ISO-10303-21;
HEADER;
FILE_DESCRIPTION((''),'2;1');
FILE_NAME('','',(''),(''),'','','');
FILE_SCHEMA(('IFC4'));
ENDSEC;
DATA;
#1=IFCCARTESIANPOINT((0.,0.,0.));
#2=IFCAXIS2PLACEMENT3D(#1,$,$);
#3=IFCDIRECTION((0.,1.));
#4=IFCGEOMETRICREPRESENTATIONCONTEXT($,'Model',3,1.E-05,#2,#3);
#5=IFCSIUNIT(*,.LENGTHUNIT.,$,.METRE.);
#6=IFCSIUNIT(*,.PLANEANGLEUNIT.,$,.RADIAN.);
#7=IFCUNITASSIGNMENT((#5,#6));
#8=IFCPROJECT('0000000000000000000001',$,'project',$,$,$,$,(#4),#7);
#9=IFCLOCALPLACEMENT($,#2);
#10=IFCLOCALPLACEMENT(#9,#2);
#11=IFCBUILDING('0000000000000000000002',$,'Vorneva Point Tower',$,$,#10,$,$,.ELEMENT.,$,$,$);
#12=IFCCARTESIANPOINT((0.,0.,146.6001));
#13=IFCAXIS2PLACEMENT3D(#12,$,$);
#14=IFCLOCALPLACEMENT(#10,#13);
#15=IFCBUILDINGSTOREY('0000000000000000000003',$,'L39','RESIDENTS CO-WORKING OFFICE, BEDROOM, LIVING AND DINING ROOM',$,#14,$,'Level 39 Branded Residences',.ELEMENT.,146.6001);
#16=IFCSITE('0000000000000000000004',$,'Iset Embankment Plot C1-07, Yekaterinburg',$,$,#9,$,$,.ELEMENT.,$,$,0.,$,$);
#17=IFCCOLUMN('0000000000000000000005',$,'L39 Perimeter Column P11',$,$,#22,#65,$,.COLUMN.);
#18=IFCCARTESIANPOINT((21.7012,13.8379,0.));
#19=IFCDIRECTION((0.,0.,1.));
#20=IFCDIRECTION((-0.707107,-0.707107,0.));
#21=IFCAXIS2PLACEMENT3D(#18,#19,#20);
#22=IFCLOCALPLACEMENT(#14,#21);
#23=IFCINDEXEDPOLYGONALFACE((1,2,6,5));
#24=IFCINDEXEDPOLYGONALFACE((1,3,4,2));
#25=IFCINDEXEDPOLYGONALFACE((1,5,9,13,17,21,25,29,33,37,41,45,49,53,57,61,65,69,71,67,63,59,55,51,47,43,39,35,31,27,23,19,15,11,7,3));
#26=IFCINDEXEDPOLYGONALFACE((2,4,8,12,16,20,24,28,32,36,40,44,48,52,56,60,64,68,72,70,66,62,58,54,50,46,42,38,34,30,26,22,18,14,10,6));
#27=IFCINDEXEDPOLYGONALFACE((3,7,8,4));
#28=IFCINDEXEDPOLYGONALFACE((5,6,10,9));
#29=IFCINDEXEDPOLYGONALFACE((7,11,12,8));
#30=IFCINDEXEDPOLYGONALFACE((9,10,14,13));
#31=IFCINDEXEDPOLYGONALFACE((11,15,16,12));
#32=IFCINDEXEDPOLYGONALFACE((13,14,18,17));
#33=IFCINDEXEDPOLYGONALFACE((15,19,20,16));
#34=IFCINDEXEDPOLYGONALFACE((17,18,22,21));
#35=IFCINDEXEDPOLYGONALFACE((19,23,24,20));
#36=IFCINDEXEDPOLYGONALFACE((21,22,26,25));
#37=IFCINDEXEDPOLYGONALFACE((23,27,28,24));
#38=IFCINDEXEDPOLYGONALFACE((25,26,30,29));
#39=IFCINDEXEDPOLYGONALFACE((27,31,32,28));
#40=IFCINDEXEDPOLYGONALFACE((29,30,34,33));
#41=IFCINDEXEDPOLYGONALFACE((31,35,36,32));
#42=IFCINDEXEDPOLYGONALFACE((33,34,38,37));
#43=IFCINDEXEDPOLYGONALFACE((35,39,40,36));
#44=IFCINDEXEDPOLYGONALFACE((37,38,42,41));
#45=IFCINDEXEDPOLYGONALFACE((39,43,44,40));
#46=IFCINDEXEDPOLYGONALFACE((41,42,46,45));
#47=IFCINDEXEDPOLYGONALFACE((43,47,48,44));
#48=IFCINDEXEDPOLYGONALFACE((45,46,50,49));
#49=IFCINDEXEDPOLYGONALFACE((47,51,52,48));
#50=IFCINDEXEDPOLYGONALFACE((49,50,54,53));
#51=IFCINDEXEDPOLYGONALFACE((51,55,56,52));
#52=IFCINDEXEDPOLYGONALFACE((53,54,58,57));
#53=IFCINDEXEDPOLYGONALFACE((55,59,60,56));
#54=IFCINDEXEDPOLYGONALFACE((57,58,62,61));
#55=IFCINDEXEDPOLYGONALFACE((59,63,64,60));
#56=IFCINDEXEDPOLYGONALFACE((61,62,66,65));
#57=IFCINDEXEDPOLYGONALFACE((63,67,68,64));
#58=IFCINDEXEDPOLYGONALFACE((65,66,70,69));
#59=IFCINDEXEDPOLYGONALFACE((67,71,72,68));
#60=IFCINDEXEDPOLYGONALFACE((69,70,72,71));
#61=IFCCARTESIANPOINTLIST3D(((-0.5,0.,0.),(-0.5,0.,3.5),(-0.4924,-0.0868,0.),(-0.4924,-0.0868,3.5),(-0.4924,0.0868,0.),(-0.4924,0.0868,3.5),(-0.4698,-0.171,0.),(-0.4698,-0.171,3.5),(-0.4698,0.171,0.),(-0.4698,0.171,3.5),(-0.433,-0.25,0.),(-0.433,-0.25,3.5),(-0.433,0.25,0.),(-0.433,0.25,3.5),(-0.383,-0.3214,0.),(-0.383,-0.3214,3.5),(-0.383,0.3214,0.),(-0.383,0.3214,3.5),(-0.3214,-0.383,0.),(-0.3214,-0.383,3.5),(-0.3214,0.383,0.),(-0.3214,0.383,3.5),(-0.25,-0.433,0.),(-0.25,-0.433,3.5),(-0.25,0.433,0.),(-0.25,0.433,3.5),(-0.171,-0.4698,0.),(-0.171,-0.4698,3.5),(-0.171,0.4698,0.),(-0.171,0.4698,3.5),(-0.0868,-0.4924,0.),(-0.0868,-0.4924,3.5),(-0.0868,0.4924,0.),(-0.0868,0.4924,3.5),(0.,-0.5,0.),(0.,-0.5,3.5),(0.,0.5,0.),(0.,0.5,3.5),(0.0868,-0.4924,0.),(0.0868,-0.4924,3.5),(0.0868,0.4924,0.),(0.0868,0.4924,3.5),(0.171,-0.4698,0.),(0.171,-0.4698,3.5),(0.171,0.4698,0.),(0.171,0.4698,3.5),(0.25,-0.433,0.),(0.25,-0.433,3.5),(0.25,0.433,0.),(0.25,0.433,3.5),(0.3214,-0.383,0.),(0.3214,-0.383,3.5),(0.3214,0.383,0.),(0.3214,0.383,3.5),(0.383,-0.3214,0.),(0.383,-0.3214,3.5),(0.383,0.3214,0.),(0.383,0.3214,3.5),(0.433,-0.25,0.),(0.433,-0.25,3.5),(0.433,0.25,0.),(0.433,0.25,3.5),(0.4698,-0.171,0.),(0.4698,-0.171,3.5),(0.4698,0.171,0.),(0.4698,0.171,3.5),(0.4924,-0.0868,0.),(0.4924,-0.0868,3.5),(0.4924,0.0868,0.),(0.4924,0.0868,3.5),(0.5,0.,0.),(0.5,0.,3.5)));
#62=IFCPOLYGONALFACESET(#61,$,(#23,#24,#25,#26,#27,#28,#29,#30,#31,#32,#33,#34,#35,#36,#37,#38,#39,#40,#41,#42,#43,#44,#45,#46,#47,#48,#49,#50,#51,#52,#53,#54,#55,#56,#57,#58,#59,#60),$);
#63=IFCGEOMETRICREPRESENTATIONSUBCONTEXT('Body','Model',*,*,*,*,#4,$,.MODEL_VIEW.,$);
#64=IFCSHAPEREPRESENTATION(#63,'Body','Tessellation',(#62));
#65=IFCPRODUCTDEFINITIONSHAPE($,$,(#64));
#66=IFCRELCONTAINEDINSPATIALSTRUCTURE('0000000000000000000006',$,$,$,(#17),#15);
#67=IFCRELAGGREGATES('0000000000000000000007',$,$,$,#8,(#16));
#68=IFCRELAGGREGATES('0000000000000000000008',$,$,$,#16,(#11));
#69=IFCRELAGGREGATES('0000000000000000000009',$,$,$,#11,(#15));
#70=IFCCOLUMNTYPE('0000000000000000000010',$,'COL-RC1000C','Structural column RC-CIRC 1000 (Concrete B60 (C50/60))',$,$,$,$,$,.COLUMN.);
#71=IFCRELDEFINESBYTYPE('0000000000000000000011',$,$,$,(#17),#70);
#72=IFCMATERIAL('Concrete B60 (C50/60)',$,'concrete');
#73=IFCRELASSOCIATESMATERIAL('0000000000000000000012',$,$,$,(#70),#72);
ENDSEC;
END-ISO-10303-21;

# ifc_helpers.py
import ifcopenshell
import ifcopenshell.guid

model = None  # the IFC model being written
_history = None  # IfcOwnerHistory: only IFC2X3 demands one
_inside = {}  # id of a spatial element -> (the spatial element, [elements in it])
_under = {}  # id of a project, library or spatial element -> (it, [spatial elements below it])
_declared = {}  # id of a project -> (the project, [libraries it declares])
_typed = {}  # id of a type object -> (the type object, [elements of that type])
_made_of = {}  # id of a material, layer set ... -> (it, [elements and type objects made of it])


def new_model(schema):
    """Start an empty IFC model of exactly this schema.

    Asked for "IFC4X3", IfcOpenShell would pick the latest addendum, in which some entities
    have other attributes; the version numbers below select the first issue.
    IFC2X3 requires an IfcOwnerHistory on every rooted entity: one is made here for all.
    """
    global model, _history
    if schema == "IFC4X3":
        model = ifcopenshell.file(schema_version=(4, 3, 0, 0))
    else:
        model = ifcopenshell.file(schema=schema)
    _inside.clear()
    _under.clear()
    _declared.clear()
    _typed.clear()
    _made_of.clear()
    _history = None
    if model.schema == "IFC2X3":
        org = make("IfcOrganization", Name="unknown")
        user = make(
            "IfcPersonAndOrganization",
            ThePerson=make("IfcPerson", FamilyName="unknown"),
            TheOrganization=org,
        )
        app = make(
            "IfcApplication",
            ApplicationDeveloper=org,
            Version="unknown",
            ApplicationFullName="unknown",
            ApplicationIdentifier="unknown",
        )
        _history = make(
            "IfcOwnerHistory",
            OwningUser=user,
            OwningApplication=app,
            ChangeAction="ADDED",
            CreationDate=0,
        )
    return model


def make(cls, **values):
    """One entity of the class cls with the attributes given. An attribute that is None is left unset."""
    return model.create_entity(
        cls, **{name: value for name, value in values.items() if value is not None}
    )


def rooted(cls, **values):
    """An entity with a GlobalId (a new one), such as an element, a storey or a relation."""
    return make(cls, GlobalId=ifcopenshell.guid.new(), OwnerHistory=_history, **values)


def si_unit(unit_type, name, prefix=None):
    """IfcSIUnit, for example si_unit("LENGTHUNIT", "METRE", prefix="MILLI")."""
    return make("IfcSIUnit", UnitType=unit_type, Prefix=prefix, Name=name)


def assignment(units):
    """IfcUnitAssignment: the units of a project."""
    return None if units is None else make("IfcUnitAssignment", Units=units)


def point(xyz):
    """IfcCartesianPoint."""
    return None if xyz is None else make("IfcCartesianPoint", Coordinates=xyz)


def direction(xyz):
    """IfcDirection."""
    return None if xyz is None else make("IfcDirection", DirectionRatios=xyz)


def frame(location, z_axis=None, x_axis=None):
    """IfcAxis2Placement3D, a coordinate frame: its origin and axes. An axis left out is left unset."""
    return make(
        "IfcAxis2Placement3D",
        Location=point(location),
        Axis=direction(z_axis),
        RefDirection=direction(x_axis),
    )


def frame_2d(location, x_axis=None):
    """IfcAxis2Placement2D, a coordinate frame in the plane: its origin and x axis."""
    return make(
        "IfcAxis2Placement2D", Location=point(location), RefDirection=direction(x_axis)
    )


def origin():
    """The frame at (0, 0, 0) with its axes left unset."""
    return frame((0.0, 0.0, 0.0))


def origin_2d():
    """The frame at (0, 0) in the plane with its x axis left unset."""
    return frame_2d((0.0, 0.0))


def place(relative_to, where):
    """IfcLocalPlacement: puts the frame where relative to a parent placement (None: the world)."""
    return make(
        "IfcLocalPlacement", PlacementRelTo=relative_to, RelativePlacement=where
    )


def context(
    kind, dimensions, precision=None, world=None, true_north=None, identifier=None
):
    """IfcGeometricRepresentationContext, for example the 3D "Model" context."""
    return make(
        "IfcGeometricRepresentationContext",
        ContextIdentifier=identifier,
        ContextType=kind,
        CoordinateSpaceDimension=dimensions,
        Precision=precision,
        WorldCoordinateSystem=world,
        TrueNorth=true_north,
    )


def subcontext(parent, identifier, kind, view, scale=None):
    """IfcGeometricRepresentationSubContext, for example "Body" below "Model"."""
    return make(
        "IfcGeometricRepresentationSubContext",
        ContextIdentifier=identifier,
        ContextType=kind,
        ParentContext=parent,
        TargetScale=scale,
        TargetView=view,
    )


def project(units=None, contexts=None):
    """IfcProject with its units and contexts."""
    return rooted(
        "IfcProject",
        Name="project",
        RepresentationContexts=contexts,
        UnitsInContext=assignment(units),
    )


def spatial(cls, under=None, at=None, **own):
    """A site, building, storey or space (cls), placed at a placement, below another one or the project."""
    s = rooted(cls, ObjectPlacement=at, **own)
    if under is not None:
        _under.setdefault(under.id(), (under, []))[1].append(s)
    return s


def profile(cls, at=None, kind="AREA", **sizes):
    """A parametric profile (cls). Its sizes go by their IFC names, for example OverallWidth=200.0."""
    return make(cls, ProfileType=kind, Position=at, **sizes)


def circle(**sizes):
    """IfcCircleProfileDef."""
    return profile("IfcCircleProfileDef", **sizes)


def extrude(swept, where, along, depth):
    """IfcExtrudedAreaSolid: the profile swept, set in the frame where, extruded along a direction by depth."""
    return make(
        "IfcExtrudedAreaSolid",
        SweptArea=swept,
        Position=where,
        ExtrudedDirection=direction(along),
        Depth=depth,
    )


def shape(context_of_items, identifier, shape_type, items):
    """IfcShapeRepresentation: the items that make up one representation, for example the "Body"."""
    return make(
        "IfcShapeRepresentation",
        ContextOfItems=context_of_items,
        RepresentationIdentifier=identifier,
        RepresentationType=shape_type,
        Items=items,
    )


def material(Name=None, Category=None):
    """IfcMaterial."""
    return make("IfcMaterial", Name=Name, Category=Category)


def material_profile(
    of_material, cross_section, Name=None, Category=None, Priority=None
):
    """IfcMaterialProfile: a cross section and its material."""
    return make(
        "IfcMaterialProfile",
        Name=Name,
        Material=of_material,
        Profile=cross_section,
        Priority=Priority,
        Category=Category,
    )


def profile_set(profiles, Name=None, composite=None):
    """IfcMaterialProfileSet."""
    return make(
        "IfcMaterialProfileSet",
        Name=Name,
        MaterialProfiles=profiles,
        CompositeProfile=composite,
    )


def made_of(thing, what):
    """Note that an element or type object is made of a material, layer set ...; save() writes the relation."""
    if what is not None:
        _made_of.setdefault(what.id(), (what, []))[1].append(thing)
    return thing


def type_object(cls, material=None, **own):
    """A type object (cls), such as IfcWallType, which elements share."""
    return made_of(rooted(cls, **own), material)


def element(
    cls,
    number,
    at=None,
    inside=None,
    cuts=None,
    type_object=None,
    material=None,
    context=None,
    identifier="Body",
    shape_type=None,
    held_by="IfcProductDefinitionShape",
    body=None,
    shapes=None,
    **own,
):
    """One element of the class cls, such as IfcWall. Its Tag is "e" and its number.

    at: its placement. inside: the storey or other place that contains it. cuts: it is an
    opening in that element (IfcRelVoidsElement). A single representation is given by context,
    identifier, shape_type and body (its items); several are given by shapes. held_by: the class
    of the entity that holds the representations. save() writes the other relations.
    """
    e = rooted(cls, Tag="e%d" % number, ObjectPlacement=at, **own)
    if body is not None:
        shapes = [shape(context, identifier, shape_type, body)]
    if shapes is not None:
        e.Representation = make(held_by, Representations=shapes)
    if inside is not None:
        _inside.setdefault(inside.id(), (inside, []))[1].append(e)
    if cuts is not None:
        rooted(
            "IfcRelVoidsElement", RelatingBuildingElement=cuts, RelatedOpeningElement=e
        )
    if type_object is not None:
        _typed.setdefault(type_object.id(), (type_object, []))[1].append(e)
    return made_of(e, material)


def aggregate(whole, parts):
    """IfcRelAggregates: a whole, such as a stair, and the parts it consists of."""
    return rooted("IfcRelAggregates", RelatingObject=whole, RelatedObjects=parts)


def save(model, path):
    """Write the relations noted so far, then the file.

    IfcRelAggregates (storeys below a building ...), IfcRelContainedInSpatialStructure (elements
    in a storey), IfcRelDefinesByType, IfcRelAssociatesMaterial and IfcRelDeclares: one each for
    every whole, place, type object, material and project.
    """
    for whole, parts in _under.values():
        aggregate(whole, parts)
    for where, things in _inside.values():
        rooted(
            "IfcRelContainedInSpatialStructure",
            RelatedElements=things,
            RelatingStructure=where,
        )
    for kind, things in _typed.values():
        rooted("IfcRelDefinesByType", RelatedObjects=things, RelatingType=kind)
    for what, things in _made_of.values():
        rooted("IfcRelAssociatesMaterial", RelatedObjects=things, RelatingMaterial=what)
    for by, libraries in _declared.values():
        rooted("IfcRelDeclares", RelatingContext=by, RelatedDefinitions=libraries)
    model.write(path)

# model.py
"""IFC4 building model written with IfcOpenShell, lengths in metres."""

from ifc_helpers import new_model, si_unit, direction, frame, origin, origin_2d, place, context, subcontext, project, spatial, circle, extrude, material, material_profile, profile_set, type_object, element, save


model = new_model("IFC4")

# Units and contexts
model_context = context("Model", 3, precision=1e-05, world=origin(), true_north=direction((0.0, 1.0)))
body_context = subcontext(model_context, "Body", "Model", "MODEL_VIEW")
ifc_project = project(units=[si_unit("LENGTHUNIT", "METRE"), si_unit("PLANEANGLEUNIT", "RADIAN")], contexts=[model_context])

# Site, building, storey
site_placement = place(None, origin())
site = spatial("IfcSite", under=ifc_project, at=site_placement, Name="Iset Embankment Plot C1-07, Yekaterinburg", CompositionType="ELEMENT", RefElevation=0.0)
building_placement = place(site_placement, origin())
building = spatial("IfcBuilding", under=site, at=building_placement, Name="Vorneva Point Tower", CompositionType="ELEMENT")
storey_placement = place(building_placement, frame((0.0, 0.0, 146.6001)))
storey = spatial("IfcBuildingStorey", under=building, at=storey_placement, Name="L39", Description="RESIDENTS CO-WORKING OFFICE, BEDROOM, LIVING AND DINING ROOM", LongName="Level 39 Branded Residences", CompositionType="ELEMENT", Elevation=146.6001)

# Column
ifc_material_1 = material(Name="Concrete B60 (C50/60)", Category="concrete")
ifc_material_profile_1 = material_profile(ifc_material_1, circle(Radius=0.5, at=origin_2d()), Name="RC-CIRC 1000")
ifc_profile_set_1 = profile_set([ifc_material_profile_1], Name="Concrete B60 (C50/60)")
column_type = type_object("IfcColumnType", Name="COL-RC1000C", Description="Structural column RC-CIRC 1000 (Concrete B60 (C50/60))", PredefinedType="COLUMN", material=ifc_profile_set_1)
column_placement = place(storey_placement, frame((21.7012, 13.8379, 0.0), z_axis=(0.0, 0.0, 1.0), x_axis=(-0.707107, -0.707107, 0.0)))
element("IfcColumn", 1, at=column_placement, inside=storey, type_object=column_type, Name="L39 Perimeter Column P11", PredefinedType="COLUMN", context=body_context, shape_type="SweptSolid", body=[
    extrude(circle(Radius=0.5, at=origin_2d()), origin(), (0.0, 0.0, 1.0), 3.5),
])

save(model, "model.ifc")
